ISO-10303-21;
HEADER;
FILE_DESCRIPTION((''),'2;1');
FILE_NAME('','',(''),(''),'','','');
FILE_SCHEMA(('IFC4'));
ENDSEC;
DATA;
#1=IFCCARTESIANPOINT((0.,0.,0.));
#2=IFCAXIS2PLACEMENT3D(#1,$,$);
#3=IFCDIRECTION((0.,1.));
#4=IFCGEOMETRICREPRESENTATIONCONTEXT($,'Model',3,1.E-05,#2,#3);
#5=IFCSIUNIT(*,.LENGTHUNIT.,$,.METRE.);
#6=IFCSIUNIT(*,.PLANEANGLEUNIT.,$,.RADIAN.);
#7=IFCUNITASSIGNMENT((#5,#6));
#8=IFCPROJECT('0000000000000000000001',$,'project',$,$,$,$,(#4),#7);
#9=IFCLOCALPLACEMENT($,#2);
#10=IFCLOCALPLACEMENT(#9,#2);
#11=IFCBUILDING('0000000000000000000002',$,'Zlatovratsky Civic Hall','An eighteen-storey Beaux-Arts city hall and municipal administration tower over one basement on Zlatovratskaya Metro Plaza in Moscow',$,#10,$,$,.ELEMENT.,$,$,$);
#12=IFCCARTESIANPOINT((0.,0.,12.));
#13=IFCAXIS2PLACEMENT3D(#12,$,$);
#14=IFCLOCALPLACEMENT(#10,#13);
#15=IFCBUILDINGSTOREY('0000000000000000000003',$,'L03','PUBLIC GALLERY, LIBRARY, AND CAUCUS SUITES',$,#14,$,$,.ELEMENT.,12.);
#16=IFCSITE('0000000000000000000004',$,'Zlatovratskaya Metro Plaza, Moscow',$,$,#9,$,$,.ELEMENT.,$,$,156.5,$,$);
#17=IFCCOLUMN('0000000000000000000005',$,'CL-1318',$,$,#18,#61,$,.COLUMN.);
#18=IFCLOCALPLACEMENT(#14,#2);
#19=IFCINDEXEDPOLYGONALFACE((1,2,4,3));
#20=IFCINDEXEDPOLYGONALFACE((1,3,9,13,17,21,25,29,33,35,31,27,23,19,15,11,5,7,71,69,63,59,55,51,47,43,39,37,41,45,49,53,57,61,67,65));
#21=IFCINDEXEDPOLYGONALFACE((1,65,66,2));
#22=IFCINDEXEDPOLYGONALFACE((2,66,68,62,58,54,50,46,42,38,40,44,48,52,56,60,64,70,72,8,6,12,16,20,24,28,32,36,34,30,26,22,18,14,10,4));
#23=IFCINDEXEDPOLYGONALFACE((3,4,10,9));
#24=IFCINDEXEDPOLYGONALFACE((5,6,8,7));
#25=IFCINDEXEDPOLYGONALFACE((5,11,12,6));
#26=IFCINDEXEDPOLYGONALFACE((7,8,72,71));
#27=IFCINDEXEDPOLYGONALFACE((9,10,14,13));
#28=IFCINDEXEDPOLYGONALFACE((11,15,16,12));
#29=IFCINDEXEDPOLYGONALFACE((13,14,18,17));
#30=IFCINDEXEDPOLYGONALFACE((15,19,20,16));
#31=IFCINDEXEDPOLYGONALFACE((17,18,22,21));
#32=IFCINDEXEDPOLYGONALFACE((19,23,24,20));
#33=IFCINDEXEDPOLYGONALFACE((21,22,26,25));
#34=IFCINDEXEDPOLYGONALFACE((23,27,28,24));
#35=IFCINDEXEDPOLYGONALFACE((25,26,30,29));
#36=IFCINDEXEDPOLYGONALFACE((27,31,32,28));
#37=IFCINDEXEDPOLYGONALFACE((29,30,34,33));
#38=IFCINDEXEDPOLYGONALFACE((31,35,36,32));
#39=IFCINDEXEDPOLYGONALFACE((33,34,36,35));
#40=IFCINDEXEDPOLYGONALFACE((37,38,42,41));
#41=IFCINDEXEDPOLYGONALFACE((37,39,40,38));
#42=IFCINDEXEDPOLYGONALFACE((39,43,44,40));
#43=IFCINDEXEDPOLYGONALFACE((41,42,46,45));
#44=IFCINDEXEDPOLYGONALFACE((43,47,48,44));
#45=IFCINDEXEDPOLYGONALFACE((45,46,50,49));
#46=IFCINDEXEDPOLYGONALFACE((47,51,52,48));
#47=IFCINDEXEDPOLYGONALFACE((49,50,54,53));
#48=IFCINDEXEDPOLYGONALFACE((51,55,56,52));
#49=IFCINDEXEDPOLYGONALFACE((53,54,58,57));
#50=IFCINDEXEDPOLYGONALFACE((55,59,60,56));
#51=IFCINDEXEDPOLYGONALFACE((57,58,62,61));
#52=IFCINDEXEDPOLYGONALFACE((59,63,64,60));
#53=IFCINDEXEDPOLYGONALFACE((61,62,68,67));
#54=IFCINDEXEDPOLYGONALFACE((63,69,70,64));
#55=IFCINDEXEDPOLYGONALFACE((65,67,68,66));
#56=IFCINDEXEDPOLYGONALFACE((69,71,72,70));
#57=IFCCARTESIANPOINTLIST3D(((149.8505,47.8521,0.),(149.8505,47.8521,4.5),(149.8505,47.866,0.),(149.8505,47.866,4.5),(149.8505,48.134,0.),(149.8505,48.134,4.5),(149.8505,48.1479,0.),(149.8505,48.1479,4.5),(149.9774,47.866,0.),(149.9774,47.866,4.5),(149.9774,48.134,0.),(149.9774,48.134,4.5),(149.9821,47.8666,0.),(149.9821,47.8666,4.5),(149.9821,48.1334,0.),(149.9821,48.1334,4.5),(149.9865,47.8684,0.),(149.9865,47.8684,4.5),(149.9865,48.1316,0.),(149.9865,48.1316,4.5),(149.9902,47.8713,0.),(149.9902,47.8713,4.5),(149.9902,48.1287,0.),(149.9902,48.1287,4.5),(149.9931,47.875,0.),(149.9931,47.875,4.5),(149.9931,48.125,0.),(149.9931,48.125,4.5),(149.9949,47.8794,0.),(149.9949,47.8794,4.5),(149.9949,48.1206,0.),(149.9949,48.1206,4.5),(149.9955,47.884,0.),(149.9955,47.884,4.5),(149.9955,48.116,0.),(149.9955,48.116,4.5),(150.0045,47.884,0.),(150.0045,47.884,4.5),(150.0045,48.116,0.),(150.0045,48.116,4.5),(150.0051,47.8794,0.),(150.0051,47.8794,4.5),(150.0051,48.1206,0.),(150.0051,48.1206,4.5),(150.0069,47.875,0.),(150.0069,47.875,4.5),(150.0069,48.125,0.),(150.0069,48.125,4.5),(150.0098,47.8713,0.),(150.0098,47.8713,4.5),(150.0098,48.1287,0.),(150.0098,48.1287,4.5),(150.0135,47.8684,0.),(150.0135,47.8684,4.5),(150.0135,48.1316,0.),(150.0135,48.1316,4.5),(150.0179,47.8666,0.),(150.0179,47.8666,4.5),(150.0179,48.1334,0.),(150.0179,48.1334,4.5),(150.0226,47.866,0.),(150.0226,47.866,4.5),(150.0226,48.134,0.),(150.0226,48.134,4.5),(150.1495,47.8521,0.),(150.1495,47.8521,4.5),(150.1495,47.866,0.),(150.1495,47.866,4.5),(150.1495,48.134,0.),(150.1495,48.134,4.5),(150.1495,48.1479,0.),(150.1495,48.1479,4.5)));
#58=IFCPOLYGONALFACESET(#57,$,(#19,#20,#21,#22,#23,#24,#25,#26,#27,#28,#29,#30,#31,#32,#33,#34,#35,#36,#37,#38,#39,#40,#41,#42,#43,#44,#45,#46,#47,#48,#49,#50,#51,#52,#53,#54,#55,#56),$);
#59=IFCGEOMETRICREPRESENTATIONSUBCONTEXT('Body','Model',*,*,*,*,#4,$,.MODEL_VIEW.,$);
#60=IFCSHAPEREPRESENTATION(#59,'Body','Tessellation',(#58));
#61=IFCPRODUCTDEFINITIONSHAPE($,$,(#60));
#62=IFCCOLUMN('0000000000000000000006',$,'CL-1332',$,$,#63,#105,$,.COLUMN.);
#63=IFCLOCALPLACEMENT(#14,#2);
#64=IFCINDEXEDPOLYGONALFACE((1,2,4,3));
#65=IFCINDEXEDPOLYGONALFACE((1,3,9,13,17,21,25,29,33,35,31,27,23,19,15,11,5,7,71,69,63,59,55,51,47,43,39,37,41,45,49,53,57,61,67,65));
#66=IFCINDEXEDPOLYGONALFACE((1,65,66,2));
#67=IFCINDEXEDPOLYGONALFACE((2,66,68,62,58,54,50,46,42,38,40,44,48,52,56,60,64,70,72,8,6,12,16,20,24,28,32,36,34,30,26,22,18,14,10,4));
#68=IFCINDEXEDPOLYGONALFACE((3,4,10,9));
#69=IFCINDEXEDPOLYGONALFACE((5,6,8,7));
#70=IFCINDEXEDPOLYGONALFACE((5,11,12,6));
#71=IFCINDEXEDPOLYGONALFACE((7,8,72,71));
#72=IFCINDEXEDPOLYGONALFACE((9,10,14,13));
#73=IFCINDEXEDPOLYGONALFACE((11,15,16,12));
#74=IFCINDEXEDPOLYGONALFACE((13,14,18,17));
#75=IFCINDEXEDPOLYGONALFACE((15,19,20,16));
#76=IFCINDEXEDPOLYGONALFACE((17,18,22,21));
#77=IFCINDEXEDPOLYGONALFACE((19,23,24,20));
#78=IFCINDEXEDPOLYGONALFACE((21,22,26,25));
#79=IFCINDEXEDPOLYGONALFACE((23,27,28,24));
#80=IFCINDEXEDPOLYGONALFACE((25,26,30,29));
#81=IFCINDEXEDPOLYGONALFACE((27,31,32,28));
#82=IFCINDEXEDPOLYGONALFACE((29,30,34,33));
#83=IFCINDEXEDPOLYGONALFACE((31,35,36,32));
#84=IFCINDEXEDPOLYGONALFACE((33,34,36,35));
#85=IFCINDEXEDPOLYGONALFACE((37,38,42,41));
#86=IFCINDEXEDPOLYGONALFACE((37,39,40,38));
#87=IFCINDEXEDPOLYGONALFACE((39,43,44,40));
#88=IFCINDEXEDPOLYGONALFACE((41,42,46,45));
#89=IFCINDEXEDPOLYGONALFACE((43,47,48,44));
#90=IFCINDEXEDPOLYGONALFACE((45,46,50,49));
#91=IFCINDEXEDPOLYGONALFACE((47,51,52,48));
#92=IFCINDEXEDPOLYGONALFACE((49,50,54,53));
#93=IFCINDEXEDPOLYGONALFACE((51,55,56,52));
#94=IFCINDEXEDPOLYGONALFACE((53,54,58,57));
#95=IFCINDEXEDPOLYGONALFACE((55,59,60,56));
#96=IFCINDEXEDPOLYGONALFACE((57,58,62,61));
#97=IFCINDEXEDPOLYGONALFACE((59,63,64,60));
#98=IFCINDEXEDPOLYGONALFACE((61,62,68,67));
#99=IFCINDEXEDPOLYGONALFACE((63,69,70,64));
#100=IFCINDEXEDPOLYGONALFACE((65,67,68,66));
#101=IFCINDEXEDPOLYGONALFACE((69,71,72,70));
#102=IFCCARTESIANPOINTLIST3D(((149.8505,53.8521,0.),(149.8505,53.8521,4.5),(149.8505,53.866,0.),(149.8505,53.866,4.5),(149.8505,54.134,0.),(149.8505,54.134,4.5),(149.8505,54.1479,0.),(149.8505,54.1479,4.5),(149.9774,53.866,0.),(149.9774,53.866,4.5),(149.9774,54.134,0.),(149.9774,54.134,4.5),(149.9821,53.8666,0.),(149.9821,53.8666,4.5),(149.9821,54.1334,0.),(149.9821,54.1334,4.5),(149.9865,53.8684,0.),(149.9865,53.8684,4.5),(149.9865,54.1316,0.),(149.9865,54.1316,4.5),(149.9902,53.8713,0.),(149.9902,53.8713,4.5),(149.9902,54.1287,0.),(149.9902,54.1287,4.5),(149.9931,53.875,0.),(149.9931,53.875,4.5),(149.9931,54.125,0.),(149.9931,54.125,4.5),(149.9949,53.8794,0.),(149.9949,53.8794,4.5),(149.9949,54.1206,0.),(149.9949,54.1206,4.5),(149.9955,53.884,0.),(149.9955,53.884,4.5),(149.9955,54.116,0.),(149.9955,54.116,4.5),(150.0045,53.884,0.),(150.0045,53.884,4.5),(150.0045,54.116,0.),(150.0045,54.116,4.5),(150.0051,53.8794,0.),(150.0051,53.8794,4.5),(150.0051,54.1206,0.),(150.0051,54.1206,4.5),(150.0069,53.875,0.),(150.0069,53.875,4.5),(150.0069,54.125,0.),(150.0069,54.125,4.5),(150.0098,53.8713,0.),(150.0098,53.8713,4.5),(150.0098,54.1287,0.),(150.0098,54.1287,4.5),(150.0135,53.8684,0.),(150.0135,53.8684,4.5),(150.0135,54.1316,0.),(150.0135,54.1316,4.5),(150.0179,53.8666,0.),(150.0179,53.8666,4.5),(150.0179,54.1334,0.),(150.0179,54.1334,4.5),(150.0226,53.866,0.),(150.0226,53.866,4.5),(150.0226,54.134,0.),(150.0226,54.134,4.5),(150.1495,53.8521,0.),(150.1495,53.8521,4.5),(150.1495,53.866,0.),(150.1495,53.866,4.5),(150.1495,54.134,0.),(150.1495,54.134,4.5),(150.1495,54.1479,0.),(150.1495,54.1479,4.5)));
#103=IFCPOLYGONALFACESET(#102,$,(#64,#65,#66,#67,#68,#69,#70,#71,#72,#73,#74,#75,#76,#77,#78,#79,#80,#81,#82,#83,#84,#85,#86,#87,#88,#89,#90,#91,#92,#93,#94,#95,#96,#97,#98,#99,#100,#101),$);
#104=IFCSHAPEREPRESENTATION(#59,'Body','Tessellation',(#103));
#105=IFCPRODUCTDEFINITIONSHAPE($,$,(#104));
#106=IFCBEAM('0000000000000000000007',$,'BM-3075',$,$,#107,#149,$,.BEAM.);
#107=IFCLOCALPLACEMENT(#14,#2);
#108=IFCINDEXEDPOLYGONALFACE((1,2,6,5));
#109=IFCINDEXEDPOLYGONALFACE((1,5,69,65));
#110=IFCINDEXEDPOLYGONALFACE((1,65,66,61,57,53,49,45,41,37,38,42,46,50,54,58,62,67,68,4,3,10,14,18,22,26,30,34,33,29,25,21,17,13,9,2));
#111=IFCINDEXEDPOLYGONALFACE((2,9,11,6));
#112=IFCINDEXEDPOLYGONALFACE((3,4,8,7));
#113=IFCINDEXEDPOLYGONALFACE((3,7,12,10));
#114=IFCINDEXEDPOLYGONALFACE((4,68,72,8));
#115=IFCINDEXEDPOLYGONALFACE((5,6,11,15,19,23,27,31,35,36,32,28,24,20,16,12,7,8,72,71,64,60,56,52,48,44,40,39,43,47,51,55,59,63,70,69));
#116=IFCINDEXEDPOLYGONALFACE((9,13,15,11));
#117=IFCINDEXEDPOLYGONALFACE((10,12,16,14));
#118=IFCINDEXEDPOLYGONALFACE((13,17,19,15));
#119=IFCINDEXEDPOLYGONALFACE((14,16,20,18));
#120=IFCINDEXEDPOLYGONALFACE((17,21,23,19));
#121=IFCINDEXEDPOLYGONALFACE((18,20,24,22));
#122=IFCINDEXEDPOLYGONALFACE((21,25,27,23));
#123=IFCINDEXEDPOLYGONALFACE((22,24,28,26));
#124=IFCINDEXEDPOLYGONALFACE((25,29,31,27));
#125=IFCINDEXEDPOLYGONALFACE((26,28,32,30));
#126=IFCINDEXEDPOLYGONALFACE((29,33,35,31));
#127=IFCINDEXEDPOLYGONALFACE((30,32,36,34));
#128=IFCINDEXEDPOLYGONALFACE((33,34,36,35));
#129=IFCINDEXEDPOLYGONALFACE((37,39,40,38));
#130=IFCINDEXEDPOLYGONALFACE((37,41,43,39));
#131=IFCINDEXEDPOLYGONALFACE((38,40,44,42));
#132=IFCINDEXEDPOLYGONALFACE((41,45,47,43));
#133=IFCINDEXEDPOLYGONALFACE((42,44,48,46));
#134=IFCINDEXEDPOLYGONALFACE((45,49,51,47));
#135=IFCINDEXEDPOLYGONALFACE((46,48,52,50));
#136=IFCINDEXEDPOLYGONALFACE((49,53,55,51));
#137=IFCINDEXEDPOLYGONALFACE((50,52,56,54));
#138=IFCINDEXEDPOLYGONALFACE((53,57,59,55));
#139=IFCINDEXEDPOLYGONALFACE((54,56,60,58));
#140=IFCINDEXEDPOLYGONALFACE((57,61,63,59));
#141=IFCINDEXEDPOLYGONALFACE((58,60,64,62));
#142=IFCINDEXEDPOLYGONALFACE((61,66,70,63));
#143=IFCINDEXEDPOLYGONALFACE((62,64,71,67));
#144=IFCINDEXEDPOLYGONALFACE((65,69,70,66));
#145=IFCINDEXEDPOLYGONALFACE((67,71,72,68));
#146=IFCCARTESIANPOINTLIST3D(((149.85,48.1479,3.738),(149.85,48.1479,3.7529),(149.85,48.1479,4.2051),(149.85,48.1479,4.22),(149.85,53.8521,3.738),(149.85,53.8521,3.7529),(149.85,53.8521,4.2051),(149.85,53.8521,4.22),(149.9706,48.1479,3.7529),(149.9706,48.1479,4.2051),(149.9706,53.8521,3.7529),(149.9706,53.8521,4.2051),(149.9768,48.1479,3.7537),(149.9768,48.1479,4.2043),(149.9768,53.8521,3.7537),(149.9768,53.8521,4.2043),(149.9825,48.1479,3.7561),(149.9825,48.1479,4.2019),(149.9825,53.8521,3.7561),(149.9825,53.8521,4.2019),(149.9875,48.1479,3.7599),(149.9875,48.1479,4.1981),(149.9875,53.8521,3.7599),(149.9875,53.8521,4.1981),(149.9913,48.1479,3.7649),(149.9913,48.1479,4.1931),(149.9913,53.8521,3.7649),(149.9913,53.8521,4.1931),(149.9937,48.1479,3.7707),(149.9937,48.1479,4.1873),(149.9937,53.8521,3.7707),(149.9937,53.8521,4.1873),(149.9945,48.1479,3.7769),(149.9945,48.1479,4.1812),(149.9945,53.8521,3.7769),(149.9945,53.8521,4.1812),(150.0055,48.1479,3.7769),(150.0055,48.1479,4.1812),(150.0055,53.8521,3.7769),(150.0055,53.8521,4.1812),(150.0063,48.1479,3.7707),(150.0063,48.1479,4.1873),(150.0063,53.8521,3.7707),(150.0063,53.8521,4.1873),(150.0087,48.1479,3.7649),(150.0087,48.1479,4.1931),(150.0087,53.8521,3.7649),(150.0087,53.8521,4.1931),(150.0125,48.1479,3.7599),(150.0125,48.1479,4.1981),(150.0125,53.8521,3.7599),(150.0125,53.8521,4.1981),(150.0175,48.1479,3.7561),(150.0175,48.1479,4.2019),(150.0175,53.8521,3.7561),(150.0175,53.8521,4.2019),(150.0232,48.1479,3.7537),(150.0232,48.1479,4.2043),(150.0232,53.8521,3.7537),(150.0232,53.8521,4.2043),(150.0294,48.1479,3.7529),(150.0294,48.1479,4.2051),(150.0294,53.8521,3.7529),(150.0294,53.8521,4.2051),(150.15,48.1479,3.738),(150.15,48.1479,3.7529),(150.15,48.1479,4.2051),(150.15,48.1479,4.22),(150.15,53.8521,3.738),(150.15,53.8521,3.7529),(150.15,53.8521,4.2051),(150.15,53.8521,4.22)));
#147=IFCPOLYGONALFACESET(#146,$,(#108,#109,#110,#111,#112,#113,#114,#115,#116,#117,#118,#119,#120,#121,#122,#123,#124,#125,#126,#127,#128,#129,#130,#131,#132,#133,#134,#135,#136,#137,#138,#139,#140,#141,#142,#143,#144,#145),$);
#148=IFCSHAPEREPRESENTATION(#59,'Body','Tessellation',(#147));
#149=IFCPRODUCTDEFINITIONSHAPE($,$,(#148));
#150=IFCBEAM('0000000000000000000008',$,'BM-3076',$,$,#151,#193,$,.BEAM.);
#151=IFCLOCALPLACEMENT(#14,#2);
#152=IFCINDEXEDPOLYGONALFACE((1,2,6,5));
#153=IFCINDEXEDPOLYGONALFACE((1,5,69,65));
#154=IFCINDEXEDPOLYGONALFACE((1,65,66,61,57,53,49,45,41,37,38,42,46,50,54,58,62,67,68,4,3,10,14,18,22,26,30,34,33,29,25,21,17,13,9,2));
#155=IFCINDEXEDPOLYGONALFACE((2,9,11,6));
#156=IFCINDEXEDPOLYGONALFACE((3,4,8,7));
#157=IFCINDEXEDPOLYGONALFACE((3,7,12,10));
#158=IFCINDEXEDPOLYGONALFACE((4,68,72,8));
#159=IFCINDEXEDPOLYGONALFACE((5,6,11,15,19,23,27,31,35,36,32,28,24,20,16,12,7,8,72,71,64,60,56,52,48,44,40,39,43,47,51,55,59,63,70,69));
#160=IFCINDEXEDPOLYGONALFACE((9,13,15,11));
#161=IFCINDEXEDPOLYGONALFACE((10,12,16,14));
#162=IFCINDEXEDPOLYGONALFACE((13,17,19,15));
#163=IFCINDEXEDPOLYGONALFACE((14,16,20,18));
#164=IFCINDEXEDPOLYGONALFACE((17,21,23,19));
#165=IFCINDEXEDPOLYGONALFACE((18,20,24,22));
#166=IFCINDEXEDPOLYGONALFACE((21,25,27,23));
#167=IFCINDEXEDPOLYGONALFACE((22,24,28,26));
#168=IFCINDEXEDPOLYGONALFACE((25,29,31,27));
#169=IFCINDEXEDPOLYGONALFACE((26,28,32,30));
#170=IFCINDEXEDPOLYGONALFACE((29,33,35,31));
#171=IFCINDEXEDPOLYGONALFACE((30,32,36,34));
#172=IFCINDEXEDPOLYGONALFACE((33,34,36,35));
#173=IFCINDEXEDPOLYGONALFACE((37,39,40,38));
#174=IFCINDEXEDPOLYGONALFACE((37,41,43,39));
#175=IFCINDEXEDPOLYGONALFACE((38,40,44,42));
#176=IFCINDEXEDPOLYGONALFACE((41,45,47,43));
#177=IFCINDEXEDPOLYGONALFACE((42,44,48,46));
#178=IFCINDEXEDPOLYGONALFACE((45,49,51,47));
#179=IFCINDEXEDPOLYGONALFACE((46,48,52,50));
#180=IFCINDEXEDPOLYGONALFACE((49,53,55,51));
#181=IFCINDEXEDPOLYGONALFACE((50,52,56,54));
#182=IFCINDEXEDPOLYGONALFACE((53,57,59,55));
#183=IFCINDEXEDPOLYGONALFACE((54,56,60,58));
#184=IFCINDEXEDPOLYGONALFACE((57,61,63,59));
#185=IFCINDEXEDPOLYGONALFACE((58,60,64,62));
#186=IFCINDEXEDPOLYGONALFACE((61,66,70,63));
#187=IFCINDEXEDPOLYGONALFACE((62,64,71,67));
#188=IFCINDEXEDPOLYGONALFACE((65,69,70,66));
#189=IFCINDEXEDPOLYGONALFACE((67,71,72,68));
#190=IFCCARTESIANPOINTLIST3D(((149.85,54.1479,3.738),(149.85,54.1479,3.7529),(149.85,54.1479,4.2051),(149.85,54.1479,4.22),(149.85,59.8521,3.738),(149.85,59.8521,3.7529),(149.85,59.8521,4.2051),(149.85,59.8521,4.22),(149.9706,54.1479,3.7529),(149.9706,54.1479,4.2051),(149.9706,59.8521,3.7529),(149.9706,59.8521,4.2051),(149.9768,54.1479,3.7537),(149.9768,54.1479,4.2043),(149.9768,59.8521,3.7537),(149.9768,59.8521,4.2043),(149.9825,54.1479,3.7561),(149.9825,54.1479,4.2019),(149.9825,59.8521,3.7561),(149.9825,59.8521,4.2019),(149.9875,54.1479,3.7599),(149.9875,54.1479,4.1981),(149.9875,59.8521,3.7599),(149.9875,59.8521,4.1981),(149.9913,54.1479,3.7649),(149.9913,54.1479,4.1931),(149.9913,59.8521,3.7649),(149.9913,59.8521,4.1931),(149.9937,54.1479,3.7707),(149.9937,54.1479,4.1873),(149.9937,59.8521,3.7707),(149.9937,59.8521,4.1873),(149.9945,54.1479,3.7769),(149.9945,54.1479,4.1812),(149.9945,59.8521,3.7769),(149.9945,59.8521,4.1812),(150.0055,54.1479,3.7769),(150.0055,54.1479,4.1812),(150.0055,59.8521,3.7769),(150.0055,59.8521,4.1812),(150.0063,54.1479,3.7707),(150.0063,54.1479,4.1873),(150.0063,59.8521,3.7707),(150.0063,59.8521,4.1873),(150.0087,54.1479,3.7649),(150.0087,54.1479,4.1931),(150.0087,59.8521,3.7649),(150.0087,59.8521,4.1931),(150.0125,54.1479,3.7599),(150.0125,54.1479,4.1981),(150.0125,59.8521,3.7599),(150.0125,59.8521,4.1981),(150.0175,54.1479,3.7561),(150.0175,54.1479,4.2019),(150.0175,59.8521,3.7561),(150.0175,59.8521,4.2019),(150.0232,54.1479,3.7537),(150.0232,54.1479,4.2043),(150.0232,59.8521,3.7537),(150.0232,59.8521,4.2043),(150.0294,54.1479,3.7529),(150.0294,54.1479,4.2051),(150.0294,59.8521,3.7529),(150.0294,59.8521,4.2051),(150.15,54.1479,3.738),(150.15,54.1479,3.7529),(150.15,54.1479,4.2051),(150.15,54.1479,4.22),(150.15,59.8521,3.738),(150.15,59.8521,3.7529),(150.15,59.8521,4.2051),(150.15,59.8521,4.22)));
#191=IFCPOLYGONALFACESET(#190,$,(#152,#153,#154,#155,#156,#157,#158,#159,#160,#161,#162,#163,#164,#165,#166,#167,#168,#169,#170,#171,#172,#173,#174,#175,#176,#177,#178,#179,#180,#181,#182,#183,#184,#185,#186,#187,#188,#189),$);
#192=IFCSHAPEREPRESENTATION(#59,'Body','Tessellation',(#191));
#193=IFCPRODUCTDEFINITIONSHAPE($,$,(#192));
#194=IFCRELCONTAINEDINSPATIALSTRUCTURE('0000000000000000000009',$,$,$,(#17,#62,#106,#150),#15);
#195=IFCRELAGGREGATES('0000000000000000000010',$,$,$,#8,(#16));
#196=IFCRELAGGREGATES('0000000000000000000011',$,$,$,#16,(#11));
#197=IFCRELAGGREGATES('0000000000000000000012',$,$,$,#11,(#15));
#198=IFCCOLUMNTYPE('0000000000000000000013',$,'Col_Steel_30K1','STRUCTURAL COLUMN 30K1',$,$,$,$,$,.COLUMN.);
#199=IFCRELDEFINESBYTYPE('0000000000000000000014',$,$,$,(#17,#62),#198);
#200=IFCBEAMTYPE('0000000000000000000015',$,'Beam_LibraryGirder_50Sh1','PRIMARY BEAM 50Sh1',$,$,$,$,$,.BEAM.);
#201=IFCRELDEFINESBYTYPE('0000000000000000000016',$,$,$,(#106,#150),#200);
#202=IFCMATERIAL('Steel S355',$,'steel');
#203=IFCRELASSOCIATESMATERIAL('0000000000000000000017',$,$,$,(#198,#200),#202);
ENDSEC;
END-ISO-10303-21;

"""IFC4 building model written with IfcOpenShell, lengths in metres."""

from ifc_helpers import new_model, si_unit, direction, frame, origin, origin_2d, place, context, subcontext, project, spatial, i_section, extrude, material, material_profile, profile_set, type_object, element, save


model = new_model("IFC4")

# Units and contexts
model_context = context("Model", 3, precision=1e-05, world=origin(), true_north=direction((0.0, 1.0)))
body_context = subcontext(model_context, "Body", "Model", "MODEL_VIEW")
ifc_project = project(units=[si_unit("LENGTHUNIT", "METRE"), si_unit("PLANEANGLEUNIT", "RADIAN")], contexts=[model_context])

# Site, building, storey
site_placement = place(None, origin())
site = spatial("IfcSite", under=ifc_project, at=site_placement, Name="Zlatovratskaya Metro Plaza, Moscow", CompositionType="ELEMENT", RefElevation=156.5)
building_placement = place(site_placement, origin())
building = spatial("IfcBuilding", under=site, at=building_placement, Name="Zlatovratsky Civic Hall", Description="An eighteen-storey Beaux-Arts city hall and municipal administration tower over one basement on Zlatovratskaya Metro Plaza in Moscow", CompositionType="ELEMENT")
storey_placement = place(building_placement, frame((0.0, 0.0, 12.0)))
storey = spatial("IfcBuildingStorey", under=building, at=storey_placement, Name="L03", Description="PUBLIC GALLERY, LIBRARY, AND CAUCUS SUITES", CompositionType="ELEMENT", Elevation=12.0)

# Columns
ifc_material_1 = material(Name="Steel S355", Category="steel")
ifc_material_profile_1 = material_profile(ifc_material_1, i_section(OverallWidth=0.2991, OverallDepth=0.2959, WebThickness=0.009, FlangeThickness=0.0139, FilletRadius=0.0181, at=origin_2d()), Name="30K1")
ifc_profile_set_1 = profile_set([ifc_material_profile_1], Name="Steel S355")
column_type = type_object("IfcColumnType", Name="Col_Steel_30K1", Description="STRUCTURAL COLUMN 30K1", PredefinedType="COLUMN", material=ifc_profile_set_1)
for number, where, z_axis, x_axis, name in (
    (1, (150.0, 48.0, 0.0), (0.0, 0.0, 1.0), (1.0, 0.0, 0.0), "CL-1318"),
    (2, (150.0, 54.0, 0.0), (0.0, 0.0, 1.0), (1.0, 0.0, 0.0), "CL-1332"),
):
    element("IfcColumn", number, at=place(storey_placement, frame(where, z_axis=z_axis, x_axis=x_axis)), inside=storey, type_object=column_type, Name=name, PredefinedType="COLUMN", context=body_context, shape_type="SweptSolid", body=[
        extrude(i_section(OverallWidth=0.2991, OverallDepth=0.2959, WebThickness=0.009, FlangeThickness=0.0139, FilletRadius=0.0181, at=origin_2d()), origin(), (0.0, 0.0, 1.0), 4.5),
    ])

# Beams
ifc_material_profile_2 = material_profile(ifc_material_1, i_section(OverallWidth=0.3, OverallDepth=0.4819, WebThickness=0.011, FlangeThickness=0.0149, FilletRadius=0.0239, at=origin_2d()), Name="50Sh1")
ifc_profile_set_2 = profile_set([ifc_material_profile_2], Name="Steel S355")
beam_type = type_object("IfcBeamType", Name="Beam_LibraryGirder_50Sh1", Description="PRIMARY BEAM 50Sh1", PredefinedType="BEAM", material=ifc_profile_set_2)
for number, where, z_axis, x_axis, name in (
    (3, (150.0, 48.1479, 3.979), (0.0, 1.0, 0.0), (-1.0, 0.0, 0.0), "BM-3075"),
    (4, (150.0, 54.1479, 3.979), (0.0, 1.0, 0.0), (-1.0, 0.0, 0.0), "BM-3076"),
):
    element("IfcBeam", number, at=place(storey_placement, frame(where, z_axis=z_axis, x_axis=x_axis)), inside=storey, type_object=beam_type, Name=name, PredefinedType="BEAM", context=body_context, shape_type="SweptSolid", body=[
        extrude(i_section(OverallWidth=0.3, OverallDepth=0.4819, WebThickness=0.011, FlangeThickness=0.0149, FilletRadius=0.0239, at=origin_2d()), origin(), (0.0, 0.0, 1.0), 5.7041),
    ])

save(model, "model.ifc")
